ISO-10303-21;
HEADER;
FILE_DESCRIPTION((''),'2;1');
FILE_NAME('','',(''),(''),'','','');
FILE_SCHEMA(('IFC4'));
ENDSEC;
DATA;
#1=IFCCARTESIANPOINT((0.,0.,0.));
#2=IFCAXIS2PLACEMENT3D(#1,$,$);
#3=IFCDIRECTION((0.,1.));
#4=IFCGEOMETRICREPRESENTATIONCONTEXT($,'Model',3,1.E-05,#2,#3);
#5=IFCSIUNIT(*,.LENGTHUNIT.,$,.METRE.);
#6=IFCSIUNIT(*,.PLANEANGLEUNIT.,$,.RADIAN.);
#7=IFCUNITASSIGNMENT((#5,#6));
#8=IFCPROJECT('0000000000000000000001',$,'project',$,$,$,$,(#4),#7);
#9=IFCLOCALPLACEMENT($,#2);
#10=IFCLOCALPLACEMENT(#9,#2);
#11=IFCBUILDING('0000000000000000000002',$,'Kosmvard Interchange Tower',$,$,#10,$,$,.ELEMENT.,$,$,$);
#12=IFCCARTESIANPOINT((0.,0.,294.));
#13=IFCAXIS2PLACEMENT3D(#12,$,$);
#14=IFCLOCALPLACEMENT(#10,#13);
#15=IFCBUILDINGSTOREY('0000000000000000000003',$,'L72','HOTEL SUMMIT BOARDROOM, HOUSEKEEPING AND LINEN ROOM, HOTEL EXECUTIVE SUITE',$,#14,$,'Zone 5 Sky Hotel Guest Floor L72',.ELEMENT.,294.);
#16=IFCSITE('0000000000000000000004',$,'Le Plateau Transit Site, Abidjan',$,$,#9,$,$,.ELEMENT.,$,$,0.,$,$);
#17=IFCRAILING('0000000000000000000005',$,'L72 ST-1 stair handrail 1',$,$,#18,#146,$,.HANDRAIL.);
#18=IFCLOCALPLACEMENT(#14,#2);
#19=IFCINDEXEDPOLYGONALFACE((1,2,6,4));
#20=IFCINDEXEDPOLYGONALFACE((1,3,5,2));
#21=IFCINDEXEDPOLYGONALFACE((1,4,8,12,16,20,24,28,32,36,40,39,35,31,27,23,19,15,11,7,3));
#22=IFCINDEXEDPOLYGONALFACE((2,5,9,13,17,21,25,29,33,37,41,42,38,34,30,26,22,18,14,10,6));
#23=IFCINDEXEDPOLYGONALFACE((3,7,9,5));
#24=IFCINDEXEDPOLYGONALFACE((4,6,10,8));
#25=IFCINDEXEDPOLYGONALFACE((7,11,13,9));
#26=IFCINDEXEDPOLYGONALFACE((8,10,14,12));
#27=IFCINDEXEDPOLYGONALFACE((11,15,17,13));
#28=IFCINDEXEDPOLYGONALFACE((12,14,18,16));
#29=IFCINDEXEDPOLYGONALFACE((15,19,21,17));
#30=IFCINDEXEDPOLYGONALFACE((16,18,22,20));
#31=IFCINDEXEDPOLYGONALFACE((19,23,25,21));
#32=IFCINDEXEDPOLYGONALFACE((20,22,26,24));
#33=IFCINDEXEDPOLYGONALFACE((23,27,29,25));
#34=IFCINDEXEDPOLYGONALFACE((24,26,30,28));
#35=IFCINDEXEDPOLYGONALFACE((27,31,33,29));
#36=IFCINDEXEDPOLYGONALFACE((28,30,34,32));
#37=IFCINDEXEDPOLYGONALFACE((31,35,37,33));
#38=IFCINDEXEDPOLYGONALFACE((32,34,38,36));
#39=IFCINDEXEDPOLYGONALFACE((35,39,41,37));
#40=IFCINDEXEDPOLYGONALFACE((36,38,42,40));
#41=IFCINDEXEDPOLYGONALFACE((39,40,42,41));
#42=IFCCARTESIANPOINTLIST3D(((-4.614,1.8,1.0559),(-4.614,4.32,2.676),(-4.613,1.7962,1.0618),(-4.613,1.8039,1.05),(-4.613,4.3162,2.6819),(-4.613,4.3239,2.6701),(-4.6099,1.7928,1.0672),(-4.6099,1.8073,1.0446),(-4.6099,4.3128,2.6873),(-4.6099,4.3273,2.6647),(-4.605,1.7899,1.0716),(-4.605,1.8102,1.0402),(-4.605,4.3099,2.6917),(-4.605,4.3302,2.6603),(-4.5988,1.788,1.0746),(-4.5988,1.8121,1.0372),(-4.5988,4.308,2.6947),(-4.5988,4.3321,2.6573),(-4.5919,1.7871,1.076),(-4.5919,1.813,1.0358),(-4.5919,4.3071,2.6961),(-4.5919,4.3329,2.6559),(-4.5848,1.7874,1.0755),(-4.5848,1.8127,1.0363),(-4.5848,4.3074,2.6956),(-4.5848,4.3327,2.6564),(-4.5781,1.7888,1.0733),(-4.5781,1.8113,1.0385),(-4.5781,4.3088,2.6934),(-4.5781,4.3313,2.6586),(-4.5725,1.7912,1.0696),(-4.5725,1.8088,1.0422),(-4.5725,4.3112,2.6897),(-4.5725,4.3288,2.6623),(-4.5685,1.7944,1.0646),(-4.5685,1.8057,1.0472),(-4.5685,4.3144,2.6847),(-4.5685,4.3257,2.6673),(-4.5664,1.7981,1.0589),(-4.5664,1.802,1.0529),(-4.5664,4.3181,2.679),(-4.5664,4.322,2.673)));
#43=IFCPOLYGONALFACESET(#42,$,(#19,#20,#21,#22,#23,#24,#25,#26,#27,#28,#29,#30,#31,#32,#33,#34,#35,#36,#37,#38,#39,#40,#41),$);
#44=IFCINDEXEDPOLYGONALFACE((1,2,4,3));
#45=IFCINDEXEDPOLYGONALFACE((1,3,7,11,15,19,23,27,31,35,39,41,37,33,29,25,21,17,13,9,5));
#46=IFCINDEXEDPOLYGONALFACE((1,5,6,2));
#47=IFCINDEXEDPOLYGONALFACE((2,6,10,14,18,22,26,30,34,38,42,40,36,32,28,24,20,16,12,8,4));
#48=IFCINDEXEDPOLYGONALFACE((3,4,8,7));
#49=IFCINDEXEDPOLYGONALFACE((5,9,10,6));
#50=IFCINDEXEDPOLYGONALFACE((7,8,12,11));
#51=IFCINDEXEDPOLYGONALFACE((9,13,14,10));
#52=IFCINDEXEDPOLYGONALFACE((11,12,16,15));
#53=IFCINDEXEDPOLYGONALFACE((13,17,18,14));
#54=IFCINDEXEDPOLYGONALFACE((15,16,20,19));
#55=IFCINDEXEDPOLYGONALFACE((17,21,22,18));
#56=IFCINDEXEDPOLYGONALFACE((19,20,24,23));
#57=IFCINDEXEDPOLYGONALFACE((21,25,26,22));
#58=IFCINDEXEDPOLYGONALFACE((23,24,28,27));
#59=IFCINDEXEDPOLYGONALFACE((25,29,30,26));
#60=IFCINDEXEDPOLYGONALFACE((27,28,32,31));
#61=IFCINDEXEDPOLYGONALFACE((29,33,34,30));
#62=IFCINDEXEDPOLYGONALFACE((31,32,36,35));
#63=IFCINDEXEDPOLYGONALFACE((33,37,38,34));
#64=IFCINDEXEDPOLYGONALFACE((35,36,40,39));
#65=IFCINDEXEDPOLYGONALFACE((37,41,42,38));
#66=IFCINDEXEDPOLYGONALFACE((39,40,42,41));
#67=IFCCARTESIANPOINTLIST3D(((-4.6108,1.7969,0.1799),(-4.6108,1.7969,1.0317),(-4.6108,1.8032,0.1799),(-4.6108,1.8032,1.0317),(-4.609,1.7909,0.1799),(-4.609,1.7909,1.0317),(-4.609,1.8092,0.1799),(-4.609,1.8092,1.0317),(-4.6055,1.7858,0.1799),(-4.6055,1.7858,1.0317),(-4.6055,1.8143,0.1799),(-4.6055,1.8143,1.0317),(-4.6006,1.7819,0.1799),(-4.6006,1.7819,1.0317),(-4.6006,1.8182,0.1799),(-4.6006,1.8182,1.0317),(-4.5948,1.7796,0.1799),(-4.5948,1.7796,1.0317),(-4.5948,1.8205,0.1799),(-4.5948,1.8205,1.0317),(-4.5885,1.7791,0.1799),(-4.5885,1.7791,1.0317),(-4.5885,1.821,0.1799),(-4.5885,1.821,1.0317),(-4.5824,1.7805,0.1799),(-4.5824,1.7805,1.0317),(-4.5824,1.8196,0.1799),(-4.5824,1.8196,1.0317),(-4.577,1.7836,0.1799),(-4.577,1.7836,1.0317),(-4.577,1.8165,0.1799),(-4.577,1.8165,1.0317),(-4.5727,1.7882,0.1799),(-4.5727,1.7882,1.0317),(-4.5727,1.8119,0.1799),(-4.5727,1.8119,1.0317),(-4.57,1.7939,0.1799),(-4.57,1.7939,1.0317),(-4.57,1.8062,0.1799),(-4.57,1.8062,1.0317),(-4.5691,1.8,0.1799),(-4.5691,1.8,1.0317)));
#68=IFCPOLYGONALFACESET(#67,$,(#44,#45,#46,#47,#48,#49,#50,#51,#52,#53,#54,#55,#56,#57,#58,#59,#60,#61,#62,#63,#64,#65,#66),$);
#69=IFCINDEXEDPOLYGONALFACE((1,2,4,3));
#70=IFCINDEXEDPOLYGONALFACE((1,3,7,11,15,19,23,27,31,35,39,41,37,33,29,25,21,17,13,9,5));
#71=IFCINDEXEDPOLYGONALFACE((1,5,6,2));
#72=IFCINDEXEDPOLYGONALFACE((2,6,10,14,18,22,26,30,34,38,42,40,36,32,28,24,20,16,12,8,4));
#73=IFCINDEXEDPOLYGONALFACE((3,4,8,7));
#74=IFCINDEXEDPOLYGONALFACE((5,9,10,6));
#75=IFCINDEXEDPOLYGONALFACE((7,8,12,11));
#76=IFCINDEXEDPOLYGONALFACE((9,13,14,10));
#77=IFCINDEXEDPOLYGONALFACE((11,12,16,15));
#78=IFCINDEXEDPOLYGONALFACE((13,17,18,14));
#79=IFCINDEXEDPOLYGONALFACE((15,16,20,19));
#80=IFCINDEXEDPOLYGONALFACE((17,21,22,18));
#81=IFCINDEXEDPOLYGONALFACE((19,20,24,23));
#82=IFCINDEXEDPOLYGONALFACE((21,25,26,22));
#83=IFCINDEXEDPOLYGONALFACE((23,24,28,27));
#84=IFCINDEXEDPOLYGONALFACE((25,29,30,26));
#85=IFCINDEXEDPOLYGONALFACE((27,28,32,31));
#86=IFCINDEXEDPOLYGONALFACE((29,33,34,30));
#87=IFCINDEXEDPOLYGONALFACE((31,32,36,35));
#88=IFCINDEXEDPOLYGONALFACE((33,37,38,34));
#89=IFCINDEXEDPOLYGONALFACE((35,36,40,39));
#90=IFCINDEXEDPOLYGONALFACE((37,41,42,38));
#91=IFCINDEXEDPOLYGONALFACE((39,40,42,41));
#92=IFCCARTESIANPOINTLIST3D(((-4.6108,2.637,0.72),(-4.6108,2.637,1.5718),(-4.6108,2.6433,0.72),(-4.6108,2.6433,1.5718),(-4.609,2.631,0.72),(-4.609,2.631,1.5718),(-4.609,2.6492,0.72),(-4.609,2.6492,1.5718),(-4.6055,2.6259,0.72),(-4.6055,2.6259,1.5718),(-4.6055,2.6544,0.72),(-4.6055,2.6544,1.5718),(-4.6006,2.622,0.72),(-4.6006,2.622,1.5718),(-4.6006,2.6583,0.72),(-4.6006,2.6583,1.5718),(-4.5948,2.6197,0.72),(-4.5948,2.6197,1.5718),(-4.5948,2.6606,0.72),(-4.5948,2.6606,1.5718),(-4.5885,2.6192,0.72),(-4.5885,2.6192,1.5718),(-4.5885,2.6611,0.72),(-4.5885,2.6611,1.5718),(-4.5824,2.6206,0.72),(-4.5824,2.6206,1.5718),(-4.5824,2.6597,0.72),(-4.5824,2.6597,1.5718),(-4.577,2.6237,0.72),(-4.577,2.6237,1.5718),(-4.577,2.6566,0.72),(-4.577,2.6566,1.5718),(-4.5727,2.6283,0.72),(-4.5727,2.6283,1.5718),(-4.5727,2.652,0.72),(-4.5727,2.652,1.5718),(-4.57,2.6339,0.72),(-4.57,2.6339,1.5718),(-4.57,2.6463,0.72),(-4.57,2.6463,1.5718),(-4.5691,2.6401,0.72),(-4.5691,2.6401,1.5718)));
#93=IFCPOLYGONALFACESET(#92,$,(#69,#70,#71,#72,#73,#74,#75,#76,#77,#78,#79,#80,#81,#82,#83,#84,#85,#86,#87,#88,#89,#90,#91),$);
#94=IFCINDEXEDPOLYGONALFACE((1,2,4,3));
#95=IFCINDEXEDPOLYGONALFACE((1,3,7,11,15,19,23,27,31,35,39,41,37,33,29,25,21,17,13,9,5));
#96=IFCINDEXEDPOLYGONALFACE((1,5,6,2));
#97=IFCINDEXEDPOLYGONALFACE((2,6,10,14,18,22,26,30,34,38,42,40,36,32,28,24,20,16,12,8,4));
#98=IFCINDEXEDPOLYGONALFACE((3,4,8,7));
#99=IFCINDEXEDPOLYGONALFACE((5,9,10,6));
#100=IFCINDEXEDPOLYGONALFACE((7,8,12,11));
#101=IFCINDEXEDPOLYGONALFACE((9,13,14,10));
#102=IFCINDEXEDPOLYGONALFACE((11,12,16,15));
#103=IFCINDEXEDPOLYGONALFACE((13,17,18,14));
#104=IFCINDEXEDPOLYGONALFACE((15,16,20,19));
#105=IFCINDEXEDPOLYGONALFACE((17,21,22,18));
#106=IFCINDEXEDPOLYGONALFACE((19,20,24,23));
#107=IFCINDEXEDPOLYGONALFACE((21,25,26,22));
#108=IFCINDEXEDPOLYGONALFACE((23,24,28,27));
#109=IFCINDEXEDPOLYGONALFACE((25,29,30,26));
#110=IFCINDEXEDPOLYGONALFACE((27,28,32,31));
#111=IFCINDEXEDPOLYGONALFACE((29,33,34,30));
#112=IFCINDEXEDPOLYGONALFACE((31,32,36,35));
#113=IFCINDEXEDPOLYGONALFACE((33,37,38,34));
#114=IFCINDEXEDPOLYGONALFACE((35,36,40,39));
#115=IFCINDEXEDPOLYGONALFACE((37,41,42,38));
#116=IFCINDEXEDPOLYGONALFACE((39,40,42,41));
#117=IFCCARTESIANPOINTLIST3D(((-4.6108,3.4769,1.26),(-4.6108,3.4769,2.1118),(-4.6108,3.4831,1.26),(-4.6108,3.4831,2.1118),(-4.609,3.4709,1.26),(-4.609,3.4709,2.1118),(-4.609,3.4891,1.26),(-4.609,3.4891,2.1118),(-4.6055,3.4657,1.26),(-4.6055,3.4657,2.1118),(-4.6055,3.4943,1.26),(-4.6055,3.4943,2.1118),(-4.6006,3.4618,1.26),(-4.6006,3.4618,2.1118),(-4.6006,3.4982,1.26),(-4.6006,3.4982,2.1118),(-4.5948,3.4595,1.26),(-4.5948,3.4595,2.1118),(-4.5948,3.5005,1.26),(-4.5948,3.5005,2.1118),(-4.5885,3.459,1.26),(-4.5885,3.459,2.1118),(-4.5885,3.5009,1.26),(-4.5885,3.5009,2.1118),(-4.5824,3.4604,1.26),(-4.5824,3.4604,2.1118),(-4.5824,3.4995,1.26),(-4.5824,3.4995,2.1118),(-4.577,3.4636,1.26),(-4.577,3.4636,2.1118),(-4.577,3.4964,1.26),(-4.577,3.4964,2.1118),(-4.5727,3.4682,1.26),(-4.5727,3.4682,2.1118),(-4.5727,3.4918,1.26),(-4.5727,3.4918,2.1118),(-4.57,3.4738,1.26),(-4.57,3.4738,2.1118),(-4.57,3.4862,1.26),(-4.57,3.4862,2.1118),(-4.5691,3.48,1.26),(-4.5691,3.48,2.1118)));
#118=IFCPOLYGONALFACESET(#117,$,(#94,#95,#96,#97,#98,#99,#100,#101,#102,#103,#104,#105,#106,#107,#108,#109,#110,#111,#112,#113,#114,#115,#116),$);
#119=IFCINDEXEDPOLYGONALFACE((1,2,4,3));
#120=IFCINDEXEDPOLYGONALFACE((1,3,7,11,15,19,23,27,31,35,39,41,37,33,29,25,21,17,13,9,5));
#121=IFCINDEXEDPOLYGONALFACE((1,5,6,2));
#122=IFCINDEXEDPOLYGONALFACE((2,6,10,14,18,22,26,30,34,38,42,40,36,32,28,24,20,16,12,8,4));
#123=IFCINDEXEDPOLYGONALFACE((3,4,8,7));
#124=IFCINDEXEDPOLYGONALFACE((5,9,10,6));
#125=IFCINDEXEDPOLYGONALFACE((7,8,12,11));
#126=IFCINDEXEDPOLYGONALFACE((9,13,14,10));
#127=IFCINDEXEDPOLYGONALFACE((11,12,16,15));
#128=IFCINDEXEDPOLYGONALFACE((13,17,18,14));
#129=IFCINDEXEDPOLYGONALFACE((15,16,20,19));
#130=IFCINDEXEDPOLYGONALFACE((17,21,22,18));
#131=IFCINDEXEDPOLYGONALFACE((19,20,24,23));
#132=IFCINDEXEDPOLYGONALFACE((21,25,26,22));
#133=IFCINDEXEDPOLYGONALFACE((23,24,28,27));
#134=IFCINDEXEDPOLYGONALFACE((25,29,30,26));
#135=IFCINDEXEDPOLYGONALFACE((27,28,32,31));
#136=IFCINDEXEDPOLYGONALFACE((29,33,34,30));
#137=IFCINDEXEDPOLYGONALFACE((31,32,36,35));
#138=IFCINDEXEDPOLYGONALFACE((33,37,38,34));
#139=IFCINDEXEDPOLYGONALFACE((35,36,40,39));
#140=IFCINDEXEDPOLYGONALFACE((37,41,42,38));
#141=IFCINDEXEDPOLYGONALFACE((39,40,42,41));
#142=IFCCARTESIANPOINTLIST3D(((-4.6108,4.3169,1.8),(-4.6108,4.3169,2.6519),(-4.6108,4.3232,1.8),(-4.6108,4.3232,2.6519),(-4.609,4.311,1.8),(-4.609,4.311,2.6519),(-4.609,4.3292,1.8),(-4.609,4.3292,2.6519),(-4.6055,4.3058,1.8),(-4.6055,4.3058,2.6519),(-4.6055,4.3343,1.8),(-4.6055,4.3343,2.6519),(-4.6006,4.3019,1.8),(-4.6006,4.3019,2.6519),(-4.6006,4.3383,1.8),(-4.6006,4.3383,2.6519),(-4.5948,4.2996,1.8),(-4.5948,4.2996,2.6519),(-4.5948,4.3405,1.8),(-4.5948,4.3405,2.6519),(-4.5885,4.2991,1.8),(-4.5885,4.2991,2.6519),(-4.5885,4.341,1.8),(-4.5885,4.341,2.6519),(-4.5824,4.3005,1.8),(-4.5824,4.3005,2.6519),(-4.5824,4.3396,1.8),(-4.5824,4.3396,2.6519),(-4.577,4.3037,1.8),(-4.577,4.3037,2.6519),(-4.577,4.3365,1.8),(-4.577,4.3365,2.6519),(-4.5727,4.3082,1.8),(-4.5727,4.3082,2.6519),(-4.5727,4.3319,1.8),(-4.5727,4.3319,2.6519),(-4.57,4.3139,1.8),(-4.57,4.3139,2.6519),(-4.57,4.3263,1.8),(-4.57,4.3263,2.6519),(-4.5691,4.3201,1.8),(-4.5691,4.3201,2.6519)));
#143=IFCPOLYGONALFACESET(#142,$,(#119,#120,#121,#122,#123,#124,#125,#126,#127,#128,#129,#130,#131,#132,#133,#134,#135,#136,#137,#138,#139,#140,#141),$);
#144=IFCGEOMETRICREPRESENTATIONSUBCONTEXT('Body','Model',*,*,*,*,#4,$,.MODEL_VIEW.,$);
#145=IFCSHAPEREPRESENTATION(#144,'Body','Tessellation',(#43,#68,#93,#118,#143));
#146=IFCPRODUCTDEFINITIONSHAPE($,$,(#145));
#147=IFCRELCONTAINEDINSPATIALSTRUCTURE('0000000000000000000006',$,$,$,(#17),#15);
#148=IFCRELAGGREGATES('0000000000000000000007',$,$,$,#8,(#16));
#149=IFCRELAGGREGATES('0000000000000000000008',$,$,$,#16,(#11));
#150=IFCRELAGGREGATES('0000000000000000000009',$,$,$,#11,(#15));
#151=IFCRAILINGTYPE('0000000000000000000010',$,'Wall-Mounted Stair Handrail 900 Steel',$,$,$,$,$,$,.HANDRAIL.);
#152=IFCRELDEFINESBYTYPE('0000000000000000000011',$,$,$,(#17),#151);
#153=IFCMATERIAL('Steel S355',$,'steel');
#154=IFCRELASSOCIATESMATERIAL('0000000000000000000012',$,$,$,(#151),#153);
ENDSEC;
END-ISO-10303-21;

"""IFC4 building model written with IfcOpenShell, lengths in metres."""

from ifc_helpers import new_model, si_unit, direction, frame, origin, origin_2d, place, context, subcontext, project, spatial, circle, extrude, source, transform, mapped, material, type_object, element, save


model = new_model("IFC4")

# Units and contexts
model_context = context("Model", 3, precision=1e-05, world=origin(), true_north=direction((0.0, 1.0)))
body_context = subcontext(model_context, "Body", "Model", "MODEL_VIEW")
ifc_project = project(units=[si_unit("LENGTHUNIT", "METRE"), si_unit("PLANEANGLEUNIT", "RADIAN")], contexts=[model_context])

# Site, building, storey
site_placement = place(None, origin())
site = spatial("IfcSite", under=ifc_project, at=site_placement, Name="Le Plateau Transit Site, Abidjan", CompositionType="ELEMENT", RefElevation=0.0)
building_placement = place(site_placement, origin())
building = spatial("IfcBuilding", under=site, at=building_placement, Name="Kosmvard Interchange Tower", CompositionType="ELEMENT")
storey_placement = place(building_placement, frame((0.0, 0.0, 294.0)))
storey = spatial("IfcBuildingStorey", under=building, at=storey_placement, Name="L72", Description="HOTEL SUMMIT BOARDROOM, HOUSEKEEPING AND LINEN ROOM, HOTEL EXECUTIVE SUITE", LongName="Zone 5 Sky Hotel Guest Floor L72", CompositionType="ELEMENT", Elevation=294.0)

# Railing
ifc_material_1 = material(Name="Steel S355", Category="steel")
railing_type_1 = type_object("IfcRailingType", Name="Wall-Mounted Stair Handrail 900 Steel", PredefinedType="HANDRAIL", material=ifc_material_1)
shared_shape_1 = source(origin(), body_context, "Body", "SweptSolid", [
    extrude(circle(Radius=0.0239, at=origin_2d()), frame((0.0, 0.0, 0.876), z_axis=(0.0, 0.841163, 0.540782), x_axis=(-1.0, 0.0, 0.0)), (0.0, 0.0, 1.0), 2.9958),
    extrude(circle(Radius=0.021, at=origin_2d()), origin(), (0.0, 0.0, 1.0), 0.8518),
    extrude(circle(Radius=0.021, at=origin_2d()), frame((0.0, 0.8401, 0.54)), (0.0, 0.0, 1.0), 0.8518),
    extrude(circle(Radius=0.021, at=origin_2d()), frame((0.0, 1.6799, 1.0801)), (0.0, 0.0, 1.0), 0.8518),
    extrude(circle(Radius=0.021, at=origin_2d()), frame((0.0, 2.52, 1.6201)), (0.0, 0.0, 1.0), 0.8518),
])
railing_1_placement = place(storey_placement, frame((-4.5901, 1.8, 0.1799)))
element("IfcRailing", 1, at=railing_1_placement, inside=storey, type_object=railing_type_1, Name="L72 ST-1 stair handrail 1", PredefinedType="HANDRAIL", context=body_context, shape_type="MappedRepresentation", body=[
    mapped(shared_shape_1, transform((0.0, 0.0, 0.0), scale=1.0)),
])

save(model, "model.ifc")
